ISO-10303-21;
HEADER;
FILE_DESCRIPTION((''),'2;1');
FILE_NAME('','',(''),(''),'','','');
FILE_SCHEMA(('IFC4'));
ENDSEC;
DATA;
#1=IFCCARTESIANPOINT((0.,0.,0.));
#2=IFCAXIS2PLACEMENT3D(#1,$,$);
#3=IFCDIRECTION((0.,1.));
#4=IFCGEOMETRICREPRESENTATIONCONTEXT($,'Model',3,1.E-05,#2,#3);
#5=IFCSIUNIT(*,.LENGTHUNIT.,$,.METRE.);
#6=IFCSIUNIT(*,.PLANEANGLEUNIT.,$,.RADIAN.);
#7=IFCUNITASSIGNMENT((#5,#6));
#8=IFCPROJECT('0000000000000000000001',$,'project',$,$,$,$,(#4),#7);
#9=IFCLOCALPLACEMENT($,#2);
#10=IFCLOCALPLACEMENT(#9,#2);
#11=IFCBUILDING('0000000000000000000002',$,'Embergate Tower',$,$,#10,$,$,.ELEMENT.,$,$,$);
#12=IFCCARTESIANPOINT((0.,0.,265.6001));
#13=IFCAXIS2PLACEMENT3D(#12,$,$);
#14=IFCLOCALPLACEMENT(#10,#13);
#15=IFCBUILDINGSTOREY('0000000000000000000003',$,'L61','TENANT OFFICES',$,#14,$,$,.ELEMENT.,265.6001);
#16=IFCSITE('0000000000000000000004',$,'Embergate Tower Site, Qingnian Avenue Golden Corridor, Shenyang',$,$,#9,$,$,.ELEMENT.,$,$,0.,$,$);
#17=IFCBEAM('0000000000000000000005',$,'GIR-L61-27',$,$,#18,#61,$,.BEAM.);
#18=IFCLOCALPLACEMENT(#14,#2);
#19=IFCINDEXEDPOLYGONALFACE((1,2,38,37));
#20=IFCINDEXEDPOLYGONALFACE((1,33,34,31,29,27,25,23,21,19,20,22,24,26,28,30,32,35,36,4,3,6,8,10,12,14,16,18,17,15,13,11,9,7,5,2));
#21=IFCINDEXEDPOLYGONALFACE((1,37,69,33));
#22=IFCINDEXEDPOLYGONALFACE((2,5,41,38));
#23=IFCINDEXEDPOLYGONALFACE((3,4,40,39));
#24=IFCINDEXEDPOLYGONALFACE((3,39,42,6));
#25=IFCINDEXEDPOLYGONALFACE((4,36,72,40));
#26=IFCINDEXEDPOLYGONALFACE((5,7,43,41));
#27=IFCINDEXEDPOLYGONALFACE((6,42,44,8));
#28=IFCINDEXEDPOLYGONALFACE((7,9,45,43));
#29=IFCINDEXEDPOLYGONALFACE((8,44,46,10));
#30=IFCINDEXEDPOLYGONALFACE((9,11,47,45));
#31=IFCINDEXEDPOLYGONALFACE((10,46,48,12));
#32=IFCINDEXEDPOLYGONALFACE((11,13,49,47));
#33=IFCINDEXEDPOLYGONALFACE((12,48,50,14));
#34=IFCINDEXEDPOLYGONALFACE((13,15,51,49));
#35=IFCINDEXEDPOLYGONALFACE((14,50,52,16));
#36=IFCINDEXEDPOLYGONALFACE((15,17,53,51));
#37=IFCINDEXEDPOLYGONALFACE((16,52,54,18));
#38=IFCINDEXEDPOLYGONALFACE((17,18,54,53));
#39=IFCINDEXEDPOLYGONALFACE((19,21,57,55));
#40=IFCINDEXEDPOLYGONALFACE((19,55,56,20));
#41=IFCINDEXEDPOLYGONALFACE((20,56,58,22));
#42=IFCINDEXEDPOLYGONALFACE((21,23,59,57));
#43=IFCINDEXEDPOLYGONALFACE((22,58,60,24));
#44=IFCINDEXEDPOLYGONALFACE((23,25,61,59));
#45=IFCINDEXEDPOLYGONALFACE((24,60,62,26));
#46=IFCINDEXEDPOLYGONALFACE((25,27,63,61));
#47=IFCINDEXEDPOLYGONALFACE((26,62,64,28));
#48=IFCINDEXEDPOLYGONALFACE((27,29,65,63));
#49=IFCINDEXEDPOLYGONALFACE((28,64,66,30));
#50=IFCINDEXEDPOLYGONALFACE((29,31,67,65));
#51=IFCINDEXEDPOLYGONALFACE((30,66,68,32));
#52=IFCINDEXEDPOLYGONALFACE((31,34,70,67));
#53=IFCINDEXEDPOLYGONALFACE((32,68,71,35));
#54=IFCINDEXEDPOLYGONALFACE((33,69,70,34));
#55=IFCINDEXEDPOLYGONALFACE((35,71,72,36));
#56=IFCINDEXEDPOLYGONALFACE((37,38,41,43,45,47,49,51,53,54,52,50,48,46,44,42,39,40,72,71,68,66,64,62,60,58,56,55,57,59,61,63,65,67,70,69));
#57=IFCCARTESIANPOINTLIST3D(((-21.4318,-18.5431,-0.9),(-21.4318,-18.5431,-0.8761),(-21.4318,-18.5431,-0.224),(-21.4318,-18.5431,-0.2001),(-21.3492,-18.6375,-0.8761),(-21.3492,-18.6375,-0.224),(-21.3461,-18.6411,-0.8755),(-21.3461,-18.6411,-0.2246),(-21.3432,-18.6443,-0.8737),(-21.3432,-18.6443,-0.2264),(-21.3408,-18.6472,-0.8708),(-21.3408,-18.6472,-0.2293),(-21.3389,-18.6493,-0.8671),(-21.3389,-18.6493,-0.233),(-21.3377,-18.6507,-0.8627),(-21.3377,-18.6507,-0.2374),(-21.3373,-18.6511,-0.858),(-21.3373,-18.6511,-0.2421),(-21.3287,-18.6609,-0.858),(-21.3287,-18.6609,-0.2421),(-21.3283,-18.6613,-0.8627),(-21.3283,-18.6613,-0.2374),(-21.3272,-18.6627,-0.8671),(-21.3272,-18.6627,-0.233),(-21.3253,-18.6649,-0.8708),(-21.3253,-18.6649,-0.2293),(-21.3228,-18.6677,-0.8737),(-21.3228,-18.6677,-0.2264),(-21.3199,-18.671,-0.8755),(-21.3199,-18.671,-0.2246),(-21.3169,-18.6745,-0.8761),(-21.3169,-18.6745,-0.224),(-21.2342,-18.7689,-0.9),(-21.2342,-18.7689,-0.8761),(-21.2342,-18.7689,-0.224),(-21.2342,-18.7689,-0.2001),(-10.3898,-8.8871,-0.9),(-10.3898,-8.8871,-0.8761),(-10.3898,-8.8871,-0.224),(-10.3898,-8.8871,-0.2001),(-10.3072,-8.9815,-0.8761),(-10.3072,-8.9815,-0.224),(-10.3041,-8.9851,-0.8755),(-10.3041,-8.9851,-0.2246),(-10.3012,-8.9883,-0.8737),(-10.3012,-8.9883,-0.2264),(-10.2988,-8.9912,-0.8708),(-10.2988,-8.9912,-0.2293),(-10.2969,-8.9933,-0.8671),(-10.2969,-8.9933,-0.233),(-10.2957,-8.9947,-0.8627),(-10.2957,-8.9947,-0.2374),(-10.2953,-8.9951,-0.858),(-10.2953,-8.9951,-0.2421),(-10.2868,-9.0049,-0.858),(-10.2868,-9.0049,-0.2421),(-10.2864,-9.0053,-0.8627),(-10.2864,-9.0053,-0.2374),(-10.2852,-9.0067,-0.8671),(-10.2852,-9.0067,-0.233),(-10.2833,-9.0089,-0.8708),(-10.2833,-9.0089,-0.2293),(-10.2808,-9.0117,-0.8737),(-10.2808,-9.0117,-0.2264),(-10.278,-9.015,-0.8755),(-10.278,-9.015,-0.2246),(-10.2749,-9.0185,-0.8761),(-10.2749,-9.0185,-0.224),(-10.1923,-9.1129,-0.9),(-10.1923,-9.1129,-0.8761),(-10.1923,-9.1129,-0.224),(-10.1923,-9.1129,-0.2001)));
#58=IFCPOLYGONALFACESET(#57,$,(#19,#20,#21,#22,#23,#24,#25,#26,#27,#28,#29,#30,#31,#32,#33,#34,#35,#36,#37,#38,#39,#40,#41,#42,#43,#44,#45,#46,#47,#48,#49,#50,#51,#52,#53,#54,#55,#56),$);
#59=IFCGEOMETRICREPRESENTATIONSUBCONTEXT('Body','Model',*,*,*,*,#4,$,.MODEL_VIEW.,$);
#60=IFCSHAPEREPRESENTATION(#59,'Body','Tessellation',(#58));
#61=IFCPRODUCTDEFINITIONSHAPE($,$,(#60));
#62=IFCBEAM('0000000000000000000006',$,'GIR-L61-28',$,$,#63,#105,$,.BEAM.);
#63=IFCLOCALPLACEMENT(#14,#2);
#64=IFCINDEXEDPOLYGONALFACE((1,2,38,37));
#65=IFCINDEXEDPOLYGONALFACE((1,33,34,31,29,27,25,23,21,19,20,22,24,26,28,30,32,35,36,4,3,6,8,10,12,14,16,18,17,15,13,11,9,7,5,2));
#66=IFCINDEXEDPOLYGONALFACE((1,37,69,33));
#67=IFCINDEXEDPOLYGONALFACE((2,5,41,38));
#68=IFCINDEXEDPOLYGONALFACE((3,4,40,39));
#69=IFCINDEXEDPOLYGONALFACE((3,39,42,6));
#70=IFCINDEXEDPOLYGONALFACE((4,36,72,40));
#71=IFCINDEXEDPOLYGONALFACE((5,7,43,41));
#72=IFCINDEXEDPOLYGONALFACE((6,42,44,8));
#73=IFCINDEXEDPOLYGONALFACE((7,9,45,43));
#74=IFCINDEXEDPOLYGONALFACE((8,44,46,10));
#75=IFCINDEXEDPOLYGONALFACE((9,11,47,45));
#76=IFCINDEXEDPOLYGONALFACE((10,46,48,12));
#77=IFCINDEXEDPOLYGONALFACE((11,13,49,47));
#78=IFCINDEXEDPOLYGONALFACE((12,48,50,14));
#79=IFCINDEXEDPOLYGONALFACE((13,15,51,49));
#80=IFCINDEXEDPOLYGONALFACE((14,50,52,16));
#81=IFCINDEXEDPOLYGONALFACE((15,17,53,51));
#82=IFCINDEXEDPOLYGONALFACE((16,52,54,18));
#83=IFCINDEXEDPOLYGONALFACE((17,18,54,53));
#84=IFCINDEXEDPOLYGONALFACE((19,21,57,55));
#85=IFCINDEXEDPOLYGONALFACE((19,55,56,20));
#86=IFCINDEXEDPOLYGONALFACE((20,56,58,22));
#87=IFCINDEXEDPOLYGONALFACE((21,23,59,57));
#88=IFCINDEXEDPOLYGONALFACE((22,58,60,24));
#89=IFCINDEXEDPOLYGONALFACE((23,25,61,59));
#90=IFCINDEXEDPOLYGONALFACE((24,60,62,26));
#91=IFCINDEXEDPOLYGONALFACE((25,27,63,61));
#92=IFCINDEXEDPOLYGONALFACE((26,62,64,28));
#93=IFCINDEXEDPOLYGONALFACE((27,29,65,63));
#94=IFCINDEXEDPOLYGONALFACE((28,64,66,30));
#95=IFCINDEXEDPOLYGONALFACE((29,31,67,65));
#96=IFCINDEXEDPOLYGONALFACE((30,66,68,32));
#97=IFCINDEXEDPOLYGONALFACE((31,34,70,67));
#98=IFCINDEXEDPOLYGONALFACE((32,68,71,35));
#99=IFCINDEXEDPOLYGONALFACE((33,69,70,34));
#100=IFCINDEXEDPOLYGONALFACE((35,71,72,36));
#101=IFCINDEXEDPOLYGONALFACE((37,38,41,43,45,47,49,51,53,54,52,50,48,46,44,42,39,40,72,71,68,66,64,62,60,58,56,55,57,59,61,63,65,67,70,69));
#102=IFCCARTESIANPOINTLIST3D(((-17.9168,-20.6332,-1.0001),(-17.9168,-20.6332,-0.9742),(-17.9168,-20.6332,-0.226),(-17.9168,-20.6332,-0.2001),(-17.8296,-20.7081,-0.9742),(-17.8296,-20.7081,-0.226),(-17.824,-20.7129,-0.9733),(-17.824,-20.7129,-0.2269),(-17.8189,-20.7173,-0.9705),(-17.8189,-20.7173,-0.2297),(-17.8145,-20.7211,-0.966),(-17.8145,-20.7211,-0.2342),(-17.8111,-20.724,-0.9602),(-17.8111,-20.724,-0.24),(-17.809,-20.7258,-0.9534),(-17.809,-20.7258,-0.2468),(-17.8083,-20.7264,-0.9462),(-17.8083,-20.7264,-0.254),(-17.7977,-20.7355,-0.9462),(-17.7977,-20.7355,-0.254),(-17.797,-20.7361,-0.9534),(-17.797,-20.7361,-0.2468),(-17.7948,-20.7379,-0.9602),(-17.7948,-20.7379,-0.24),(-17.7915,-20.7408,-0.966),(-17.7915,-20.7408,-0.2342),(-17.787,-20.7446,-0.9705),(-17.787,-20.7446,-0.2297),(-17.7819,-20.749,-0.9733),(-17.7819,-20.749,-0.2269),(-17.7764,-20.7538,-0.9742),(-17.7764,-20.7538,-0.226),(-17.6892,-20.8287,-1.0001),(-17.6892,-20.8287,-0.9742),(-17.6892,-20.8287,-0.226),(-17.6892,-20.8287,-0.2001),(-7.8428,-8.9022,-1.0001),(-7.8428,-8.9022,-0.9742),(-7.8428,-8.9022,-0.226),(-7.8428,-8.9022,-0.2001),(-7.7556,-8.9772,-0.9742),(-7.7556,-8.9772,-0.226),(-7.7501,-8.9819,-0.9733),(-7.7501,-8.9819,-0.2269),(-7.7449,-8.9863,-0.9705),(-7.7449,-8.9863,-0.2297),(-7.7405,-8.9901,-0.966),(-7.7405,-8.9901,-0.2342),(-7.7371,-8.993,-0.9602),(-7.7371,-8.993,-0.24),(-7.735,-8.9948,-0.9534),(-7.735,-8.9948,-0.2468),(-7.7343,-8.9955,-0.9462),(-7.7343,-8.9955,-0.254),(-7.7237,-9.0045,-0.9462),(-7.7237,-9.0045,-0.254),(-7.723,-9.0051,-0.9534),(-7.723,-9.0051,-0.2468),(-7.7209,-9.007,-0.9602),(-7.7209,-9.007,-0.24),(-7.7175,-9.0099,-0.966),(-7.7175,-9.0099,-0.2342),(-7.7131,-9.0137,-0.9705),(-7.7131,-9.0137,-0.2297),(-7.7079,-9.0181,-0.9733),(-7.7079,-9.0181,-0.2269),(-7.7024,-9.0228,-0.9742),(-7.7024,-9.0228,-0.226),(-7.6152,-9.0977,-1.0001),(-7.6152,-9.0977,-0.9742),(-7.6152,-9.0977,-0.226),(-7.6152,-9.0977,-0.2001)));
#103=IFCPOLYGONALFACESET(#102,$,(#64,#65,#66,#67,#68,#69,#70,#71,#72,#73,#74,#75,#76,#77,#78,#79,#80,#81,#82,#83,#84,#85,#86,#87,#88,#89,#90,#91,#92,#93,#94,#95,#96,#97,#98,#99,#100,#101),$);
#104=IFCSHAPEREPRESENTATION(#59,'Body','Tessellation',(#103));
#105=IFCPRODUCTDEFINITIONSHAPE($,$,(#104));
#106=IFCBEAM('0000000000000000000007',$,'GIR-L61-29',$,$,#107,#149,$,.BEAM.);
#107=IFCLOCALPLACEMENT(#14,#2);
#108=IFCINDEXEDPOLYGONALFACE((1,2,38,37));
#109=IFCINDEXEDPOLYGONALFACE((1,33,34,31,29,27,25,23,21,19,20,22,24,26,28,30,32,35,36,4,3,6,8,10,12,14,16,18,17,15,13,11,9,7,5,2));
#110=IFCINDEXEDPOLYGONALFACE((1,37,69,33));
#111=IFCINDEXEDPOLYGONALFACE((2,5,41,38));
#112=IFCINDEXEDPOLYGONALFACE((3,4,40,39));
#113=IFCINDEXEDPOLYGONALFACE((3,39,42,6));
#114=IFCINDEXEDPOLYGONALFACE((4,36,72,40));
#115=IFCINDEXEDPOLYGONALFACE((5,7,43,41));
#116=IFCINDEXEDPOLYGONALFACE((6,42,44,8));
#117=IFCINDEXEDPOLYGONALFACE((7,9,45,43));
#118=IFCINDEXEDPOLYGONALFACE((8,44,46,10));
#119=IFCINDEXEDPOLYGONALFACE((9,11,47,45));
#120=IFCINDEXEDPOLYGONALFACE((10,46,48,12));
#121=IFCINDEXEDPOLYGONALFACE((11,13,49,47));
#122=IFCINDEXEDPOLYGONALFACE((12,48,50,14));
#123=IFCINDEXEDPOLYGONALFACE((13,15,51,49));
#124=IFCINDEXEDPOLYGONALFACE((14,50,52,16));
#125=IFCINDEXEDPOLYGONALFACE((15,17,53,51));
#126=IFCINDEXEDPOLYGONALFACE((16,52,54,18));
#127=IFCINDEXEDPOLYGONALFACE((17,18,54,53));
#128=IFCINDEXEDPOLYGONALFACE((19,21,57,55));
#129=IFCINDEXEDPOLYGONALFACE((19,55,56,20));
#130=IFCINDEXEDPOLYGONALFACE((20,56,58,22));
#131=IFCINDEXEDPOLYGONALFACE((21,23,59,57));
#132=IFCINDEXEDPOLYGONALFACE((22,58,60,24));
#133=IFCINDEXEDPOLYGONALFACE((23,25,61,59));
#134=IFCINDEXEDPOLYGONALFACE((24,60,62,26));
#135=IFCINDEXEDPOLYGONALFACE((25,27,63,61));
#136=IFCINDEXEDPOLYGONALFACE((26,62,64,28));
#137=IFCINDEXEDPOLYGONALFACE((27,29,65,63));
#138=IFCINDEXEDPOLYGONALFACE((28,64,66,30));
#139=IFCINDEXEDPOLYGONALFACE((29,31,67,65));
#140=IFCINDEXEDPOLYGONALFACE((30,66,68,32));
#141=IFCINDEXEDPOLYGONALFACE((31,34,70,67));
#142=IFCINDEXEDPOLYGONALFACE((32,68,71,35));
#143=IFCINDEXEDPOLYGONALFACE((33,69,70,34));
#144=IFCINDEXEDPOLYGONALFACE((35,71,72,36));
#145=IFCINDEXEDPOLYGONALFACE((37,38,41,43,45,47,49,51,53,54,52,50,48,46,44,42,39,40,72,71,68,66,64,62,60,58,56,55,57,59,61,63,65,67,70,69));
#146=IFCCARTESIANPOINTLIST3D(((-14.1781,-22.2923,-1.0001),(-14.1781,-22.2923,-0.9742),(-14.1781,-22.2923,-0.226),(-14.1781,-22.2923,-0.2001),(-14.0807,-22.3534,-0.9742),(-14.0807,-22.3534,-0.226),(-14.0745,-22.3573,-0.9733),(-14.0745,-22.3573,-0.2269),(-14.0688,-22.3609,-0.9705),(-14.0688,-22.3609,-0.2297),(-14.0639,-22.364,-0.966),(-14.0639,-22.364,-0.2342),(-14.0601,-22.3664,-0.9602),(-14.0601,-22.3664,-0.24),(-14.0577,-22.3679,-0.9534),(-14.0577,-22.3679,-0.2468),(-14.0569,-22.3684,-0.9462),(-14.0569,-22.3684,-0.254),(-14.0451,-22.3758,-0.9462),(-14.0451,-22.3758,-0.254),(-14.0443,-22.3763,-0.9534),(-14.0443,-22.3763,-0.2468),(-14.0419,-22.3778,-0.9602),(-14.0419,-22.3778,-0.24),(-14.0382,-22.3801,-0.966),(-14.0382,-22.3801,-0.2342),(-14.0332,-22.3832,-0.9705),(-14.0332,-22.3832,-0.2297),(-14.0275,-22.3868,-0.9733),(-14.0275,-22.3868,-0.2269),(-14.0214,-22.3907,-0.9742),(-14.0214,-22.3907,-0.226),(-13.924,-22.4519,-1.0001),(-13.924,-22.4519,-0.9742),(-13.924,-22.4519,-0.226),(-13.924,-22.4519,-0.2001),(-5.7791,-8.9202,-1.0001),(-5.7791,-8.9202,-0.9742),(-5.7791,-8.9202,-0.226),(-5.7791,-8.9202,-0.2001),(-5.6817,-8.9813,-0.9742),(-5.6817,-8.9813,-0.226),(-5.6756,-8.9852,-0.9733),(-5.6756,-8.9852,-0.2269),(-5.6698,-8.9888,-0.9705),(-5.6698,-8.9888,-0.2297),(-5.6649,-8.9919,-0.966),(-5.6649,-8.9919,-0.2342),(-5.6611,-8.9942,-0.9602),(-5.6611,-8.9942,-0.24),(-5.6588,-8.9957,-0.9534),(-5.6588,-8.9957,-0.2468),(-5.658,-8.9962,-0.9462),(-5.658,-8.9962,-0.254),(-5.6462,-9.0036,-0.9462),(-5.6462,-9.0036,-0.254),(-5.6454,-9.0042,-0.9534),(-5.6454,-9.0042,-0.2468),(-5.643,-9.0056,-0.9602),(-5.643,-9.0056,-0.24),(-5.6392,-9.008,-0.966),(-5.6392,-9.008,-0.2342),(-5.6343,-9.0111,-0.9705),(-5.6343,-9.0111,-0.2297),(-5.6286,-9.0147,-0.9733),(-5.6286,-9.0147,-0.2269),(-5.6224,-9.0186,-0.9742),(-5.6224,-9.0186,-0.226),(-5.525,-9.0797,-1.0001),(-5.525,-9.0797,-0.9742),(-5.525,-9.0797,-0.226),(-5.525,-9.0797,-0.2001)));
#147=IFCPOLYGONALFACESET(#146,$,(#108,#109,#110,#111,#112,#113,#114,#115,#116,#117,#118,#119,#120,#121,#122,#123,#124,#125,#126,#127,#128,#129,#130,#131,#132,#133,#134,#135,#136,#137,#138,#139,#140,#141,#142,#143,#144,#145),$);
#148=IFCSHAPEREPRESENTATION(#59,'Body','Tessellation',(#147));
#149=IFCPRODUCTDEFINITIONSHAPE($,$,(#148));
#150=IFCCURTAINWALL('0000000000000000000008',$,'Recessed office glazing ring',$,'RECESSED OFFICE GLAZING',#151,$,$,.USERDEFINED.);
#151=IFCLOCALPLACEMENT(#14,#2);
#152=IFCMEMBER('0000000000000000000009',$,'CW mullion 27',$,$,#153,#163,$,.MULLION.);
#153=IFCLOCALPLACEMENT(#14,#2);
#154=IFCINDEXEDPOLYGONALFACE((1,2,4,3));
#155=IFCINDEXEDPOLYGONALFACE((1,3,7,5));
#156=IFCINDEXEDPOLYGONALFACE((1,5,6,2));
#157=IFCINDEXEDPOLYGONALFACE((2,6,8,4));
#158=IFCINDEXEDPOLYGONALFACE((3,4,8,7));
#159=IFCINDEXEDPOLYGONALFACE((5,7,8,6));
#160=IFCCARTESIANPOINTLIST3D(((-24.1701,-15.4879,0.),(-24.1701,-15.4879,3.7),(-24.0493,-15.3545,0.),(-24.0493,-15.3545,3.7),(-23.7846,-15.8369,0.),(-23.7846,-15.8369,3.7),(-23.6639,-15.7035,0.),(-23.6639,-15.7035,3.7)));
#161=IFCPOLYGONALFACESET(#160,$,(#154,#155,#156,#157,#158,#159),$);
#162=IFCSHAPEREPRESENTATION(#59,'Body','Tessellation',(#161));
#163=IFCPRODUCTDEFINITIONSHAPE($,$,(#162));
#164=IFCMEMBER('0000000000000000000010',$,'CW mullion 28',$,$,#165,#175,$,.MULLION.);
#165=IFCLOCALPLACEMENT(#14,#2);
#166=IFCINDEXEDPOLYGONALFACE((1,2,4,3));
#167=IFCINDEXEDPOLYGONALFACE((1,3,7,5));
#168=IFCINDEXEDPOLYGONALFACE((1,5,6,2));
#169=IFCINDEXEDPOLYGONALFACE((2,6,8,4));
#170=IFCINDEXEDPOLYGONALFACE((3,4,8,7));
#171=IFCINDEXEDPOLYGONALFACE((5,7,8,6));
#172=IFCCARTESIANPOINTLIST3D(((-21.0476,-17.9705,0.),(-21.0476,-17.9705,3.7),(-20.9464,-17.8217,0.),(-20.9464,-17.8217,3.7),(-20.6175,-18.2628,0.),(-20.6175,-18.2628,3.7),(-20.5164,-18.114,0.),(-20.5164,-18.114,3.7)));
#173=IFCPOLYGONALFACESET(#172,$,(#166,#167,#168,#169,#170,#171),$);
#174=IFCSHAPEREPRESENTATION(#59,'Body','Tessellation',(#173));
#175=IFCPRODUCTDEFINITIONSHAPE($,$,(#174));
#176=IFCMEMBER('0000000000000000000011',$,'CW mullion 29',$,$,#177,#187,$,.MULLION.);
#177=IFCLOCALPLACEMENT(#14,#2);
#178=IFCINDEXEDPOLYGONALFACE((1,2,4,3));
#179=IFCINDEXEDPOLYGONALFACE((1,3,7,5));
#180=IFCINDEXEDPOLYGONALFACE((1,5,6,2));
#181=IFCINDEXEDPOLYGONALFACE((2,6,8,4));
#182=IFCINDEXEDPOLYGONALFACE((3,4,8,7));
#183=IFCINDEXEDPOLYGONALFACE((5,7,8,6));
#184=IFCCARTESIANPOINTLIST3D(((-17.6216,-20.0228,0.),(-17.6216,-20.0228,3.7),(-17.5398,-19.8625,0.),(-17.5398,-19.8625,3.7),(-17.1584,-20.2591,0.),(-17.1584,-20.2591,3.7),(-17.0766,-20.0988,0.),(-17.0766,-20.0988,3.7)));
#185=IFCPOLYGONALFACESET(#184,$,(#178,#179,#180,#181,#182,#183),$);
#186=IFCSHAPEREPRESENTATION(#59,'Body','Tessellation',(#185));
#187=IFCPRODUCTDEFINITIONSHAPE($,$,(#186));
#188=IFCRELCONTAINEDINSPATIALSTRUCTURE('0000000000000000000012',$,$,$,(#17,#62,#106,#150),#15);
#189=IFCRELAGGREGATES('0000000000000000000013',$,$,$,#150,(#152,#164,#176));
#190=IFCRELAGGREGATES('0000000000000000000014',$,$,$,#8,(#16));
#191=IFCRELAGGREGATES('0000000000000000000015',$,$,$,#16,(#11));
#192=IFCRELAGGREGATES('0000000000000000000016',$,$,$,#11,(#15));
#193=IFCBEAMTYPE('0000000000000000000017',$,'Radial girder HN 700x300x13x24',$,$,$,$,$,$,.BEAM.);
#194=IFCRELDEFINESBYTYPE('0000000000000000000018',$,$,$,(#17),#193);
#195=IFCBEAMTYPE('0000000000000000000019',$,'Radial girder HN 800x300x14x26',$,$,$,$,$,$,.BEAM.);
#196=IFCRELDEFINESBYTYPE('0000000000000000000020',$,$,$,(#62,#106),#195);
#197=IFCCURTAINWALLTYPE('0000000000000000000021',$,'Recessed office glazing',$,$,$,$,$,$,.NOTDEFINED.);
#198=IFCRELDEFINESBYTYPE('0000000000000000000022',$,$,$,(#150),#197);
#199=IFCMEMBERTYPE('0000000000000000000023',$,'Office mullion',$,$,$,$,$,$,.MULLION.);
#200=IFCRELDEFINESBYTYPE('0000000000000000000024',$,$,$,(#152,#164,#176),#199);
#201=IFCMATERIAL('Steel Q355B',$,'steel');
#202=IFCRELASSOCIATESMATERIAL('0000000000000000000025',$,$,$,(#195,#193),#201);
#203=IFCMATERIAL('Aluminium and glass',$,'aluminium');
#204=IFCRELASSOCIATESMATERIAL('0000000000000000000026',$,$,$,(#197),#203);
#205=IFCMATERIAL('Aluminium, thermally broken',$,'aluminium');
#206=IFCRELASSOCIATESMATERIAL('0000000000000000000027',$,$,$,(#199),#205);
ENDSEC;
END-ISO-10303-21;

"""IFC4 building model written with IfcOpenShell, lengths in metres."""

from ifc_helpers import new_model, si_unit, direction, frame, origin, origin_2d, place, context, subcontext, project, spatial, rectangle, i_section, extrude, source, transform, mapped, material, material_profile, profile_set, type_object, element, aggregate, save


model = new_model("IFC4")

# Units and contexts
model_context = context("Model", 3, precision=1e-05, world=origin(), true_north=direction((0.0, 1.0)))
body_context = subcontext(model_context, "Body", "Model", "MODEL_VIEW")
ifc_project = project(units=[si_unit("LENGTHUNIT", "METRE"), si_unit("PLANEANGLEUNIT", "RADIAN")], contexts=[model_context])

# Site, building, storey
site_placement = place(None, origin())
site = spatial("IfcSite", under=ifc_project, at=site_placement, Name="Embergate Tower Site, Qingnian Avenue Golden Corridor, Shenyang", CompositionType="ELEMENT", RefElevation=0.0)
building_placement = place(site_placement, origin())
building = spatial("IfcBuilding", under=site, at=building_placement, Name="Embergate Tower", CompositionType="ELEMENT")
storey_placement = place(building_placement, frame((0.0, 0.0, 265.6001)))
storey = spatial("IfcBuildingStorey", under=building, at=storey_placement, Name="L61", Description="TENANT OFFICES", CompositionType="ELEMENT", Elevation=265.6001)

# Beams
ifc_material_1 = material(Name="Steel Q355B", Category="steel")
ifc_material_profile_1 = material_profile(ifc_material_1, i_section(OverallWidth=0.3, OverallDepth=0.8, WebThickness=0.0139, FlangeThickness=0.0259, FilletRadius=0.0281, at=origin_2d()), Name="HN 800x300x14x26")
ifc_profile_set_1 = profile_set([ifc_material_profile_1], Name="Steel Q355 grade B")
beam_type_1 = type_object("IfcBeamType", Name="Radial girder HN 800x300x14x26", PredefinedType="BEAM", material=ifc_profile_set_1)
ifc_material_profile_2 = material_profile(ifc_material_1, i_section(OverallWidth=0.3, OverallDepth=0.7, WebThickness=0.0129, FlangeThickness=0.0239, FilletRadius=0.0181, at=origin_2d()), Name="HN 700x300x13x24")
ifc_profile_set_2 = profile_set([ifc_material_profile_2], Name="Steel Q355 grade B")
beam_type_2 = type_object("IfcBeamType", Name="Radial girder HN 700x300x13x24", PredefinedType="BEAM", material=ifc_profile_set_2)
shared_shape_1 = source(origin(), body_context, "Body", "SweptSolid", [
    extrude(i_section(OverallWidth=0.3, OverallDepth=0.7, WebThickness=0.0129, FlangeThickness=0.0239, FilletRadius=0.0181, at=origin_2d()), origin(), (0.0, 0.0, 1.0), 14.6685),
])
beam_1_placement = place(storey_placement, frame((-21.333, -18.656, -0.55), z_axis=(0.75277, 0.658283, 0.0), x_axis=(-0.658283, 0.75277, 0.0)))
element("IfcBeam", 1, at=beam_1_placement, inside=storey, type_object=beam_type_2, Name="GIR-L61-27", PredefinedType="BEAM", context=body_context, shape_type="MappedRepresentation", body=[
    mapped(shared_shape_1, transform((0.0, 0.0, 0.0))),
])
shared_shape_2 = source(origin(), body_context, "Body", "SweptSolid", [
    extrude(i_section(OverallWidth=0.3, OverallDepth=0.8, WebThickness=0.0139, FlangeThickness=0.0259, FilletRadius=0.0281, at=origin_2d()), origin(), (0.0, 0.0, 1.0), 15.4629),
])
beam_2_placement = place(storey_placement, frame((-17.803, -20.731, -0.6001), z_axis=(0.651495, 0.758653, 0.0), x_axis=(-0.758653, 0.651495, 0.0)))
element("IfcBeam", 2, at=beam_2_placement, inside=storey, type_object=beam_type_1, Name="GIR-L61-28", PredefinedType="BEAM", context=body_context, shape_type="MappedRepresentation", body=[
    mapped(shared_shape_2, transform((0.0, 0.0, 0.0))),
])
shared_shape_3 = source(origin(), body_context, "Body", "SweptSolid", [
    extrude(i_section(OverallWidth=0.3, OverallDepth=0.8, WebThickness=0.0139, FlangeThickness=0.0259, FilletRadius=0.0281, at=origin_2d()), origin(), (0.0, 0.0, 1.0), 15.791),
])
beam_3_placement = place(storey_placement, frame((-14.051, -22.3721, -0.6001), z_axis=(0.531882, 0.846818, 0.0), x_axis=(-0.846818, 0.531882, 0.0)))
element("IfcBeam", 3, at=beam_3_placement, inside=storey, type_object=beam_type_1, Name="GIR-L61-29", PredefinedType="BEAM", context=body_context, shape_type="MappedRepresentation", body=[
    mapped(shared_shape_3, transform((0.0, 0.0, 0.0))),
])

# Curtain wall, members
ifc_material_2 = material(Name="Aluminium and glass", Category="aluminium")
curtain_wall_type = type_object("IfcCurtainWallType", Name="Recessed office glazing", PredefinedType="NOTDEFINED", material=ifc_material_2)
curtain_wall_placement = place(storey_placement, origin())
curtain_wall = element("IfcCurtainWall", 4, at=curtain_wall_placement, inside=storey, type_object=curtain_wall_type, Name="Recessed office glazing ring", ObjectType="RECESSED OFFICE GLAZING", PredefinedType="USERDEFINED")
ifc_material_3 = material(Name="Aluminium, thermally broken", Category="aluminium")
ifc_material_profile_3 = material_profile(ifc_material_3, rectangle(XDim=0.1799, YDim=0.52, at=origin_2d()), Name="AL 520x180")
ifc_profile_set_3 = profile_set([ifc_material_profile_3], Name="Aluminium, thermally broken")
member_type_1 = type_object("IfcMemberType", Name="Office mullion", PredefinedType="MULLION", material=ifc_profile_set_3)
shared_shape_4 = source(origin(), body_context, "Body", "SweptSolid", [
    extrude(rectangle(XDim=0.1799, YDim=0.52, at=origin_2d()), origin(), (0.0, 0.0, 1.0), 3.7),
])
member_1_placement = place(storey_placement, frame((-23.917, -15.5957, 0.0), z_axis=(0.0, 0.0, 1.0), x_axis=(0.671216, 0.741262, 0.0)))
member_1 = element("IfcMember", 5, at=member_1_placement, type_object=member_type_1, Name="CW mullion 27", PredefinedType="MULLION", context=body_context, shape_type="MappedRepresentation", body=[
    mapped(shared_shape_4, transform((0.0, 0.0, 0.0))),
])
member_2_placement = place(storey_placement, frame((-20.782, -18.0422, 0.0), z_axis=(0.0, 0.0, 1.0), x_axis=(0.562208, 0.826996, 0.0)))
member_2 = element("IfcMember", 6, at=member_2_placement, type_object=member_type_1, Name="CW mullion 28", PredefinedType="MULLION", context=body_context, shape_type="MappedRepresentation", body=[
    mapped(shared_shape_4, transform((0.0, 0.0, 0.0))),
])
member_3_placement = place(storey_placement, frame((-17.3491, -20.0608, 0.0), z_axis=(0.0, 0.0, 1.0), x_axis=(0.454504, 0.890745, 0.0)))
member_3 = element("IfcMember", 7, at=member_3_placement, type_object=member_type_1, Name="CW mullion 29", PredefinedType="MULLION", context=body_context, shape_type="MappedRepresentation", body=[
    mapped(shared_shape_4, transform((0.0, 0.0, 0.0))),
])
aggregate(curtain_wall, [member_1, member_2, member_3])

save(model, "model.ifc")
